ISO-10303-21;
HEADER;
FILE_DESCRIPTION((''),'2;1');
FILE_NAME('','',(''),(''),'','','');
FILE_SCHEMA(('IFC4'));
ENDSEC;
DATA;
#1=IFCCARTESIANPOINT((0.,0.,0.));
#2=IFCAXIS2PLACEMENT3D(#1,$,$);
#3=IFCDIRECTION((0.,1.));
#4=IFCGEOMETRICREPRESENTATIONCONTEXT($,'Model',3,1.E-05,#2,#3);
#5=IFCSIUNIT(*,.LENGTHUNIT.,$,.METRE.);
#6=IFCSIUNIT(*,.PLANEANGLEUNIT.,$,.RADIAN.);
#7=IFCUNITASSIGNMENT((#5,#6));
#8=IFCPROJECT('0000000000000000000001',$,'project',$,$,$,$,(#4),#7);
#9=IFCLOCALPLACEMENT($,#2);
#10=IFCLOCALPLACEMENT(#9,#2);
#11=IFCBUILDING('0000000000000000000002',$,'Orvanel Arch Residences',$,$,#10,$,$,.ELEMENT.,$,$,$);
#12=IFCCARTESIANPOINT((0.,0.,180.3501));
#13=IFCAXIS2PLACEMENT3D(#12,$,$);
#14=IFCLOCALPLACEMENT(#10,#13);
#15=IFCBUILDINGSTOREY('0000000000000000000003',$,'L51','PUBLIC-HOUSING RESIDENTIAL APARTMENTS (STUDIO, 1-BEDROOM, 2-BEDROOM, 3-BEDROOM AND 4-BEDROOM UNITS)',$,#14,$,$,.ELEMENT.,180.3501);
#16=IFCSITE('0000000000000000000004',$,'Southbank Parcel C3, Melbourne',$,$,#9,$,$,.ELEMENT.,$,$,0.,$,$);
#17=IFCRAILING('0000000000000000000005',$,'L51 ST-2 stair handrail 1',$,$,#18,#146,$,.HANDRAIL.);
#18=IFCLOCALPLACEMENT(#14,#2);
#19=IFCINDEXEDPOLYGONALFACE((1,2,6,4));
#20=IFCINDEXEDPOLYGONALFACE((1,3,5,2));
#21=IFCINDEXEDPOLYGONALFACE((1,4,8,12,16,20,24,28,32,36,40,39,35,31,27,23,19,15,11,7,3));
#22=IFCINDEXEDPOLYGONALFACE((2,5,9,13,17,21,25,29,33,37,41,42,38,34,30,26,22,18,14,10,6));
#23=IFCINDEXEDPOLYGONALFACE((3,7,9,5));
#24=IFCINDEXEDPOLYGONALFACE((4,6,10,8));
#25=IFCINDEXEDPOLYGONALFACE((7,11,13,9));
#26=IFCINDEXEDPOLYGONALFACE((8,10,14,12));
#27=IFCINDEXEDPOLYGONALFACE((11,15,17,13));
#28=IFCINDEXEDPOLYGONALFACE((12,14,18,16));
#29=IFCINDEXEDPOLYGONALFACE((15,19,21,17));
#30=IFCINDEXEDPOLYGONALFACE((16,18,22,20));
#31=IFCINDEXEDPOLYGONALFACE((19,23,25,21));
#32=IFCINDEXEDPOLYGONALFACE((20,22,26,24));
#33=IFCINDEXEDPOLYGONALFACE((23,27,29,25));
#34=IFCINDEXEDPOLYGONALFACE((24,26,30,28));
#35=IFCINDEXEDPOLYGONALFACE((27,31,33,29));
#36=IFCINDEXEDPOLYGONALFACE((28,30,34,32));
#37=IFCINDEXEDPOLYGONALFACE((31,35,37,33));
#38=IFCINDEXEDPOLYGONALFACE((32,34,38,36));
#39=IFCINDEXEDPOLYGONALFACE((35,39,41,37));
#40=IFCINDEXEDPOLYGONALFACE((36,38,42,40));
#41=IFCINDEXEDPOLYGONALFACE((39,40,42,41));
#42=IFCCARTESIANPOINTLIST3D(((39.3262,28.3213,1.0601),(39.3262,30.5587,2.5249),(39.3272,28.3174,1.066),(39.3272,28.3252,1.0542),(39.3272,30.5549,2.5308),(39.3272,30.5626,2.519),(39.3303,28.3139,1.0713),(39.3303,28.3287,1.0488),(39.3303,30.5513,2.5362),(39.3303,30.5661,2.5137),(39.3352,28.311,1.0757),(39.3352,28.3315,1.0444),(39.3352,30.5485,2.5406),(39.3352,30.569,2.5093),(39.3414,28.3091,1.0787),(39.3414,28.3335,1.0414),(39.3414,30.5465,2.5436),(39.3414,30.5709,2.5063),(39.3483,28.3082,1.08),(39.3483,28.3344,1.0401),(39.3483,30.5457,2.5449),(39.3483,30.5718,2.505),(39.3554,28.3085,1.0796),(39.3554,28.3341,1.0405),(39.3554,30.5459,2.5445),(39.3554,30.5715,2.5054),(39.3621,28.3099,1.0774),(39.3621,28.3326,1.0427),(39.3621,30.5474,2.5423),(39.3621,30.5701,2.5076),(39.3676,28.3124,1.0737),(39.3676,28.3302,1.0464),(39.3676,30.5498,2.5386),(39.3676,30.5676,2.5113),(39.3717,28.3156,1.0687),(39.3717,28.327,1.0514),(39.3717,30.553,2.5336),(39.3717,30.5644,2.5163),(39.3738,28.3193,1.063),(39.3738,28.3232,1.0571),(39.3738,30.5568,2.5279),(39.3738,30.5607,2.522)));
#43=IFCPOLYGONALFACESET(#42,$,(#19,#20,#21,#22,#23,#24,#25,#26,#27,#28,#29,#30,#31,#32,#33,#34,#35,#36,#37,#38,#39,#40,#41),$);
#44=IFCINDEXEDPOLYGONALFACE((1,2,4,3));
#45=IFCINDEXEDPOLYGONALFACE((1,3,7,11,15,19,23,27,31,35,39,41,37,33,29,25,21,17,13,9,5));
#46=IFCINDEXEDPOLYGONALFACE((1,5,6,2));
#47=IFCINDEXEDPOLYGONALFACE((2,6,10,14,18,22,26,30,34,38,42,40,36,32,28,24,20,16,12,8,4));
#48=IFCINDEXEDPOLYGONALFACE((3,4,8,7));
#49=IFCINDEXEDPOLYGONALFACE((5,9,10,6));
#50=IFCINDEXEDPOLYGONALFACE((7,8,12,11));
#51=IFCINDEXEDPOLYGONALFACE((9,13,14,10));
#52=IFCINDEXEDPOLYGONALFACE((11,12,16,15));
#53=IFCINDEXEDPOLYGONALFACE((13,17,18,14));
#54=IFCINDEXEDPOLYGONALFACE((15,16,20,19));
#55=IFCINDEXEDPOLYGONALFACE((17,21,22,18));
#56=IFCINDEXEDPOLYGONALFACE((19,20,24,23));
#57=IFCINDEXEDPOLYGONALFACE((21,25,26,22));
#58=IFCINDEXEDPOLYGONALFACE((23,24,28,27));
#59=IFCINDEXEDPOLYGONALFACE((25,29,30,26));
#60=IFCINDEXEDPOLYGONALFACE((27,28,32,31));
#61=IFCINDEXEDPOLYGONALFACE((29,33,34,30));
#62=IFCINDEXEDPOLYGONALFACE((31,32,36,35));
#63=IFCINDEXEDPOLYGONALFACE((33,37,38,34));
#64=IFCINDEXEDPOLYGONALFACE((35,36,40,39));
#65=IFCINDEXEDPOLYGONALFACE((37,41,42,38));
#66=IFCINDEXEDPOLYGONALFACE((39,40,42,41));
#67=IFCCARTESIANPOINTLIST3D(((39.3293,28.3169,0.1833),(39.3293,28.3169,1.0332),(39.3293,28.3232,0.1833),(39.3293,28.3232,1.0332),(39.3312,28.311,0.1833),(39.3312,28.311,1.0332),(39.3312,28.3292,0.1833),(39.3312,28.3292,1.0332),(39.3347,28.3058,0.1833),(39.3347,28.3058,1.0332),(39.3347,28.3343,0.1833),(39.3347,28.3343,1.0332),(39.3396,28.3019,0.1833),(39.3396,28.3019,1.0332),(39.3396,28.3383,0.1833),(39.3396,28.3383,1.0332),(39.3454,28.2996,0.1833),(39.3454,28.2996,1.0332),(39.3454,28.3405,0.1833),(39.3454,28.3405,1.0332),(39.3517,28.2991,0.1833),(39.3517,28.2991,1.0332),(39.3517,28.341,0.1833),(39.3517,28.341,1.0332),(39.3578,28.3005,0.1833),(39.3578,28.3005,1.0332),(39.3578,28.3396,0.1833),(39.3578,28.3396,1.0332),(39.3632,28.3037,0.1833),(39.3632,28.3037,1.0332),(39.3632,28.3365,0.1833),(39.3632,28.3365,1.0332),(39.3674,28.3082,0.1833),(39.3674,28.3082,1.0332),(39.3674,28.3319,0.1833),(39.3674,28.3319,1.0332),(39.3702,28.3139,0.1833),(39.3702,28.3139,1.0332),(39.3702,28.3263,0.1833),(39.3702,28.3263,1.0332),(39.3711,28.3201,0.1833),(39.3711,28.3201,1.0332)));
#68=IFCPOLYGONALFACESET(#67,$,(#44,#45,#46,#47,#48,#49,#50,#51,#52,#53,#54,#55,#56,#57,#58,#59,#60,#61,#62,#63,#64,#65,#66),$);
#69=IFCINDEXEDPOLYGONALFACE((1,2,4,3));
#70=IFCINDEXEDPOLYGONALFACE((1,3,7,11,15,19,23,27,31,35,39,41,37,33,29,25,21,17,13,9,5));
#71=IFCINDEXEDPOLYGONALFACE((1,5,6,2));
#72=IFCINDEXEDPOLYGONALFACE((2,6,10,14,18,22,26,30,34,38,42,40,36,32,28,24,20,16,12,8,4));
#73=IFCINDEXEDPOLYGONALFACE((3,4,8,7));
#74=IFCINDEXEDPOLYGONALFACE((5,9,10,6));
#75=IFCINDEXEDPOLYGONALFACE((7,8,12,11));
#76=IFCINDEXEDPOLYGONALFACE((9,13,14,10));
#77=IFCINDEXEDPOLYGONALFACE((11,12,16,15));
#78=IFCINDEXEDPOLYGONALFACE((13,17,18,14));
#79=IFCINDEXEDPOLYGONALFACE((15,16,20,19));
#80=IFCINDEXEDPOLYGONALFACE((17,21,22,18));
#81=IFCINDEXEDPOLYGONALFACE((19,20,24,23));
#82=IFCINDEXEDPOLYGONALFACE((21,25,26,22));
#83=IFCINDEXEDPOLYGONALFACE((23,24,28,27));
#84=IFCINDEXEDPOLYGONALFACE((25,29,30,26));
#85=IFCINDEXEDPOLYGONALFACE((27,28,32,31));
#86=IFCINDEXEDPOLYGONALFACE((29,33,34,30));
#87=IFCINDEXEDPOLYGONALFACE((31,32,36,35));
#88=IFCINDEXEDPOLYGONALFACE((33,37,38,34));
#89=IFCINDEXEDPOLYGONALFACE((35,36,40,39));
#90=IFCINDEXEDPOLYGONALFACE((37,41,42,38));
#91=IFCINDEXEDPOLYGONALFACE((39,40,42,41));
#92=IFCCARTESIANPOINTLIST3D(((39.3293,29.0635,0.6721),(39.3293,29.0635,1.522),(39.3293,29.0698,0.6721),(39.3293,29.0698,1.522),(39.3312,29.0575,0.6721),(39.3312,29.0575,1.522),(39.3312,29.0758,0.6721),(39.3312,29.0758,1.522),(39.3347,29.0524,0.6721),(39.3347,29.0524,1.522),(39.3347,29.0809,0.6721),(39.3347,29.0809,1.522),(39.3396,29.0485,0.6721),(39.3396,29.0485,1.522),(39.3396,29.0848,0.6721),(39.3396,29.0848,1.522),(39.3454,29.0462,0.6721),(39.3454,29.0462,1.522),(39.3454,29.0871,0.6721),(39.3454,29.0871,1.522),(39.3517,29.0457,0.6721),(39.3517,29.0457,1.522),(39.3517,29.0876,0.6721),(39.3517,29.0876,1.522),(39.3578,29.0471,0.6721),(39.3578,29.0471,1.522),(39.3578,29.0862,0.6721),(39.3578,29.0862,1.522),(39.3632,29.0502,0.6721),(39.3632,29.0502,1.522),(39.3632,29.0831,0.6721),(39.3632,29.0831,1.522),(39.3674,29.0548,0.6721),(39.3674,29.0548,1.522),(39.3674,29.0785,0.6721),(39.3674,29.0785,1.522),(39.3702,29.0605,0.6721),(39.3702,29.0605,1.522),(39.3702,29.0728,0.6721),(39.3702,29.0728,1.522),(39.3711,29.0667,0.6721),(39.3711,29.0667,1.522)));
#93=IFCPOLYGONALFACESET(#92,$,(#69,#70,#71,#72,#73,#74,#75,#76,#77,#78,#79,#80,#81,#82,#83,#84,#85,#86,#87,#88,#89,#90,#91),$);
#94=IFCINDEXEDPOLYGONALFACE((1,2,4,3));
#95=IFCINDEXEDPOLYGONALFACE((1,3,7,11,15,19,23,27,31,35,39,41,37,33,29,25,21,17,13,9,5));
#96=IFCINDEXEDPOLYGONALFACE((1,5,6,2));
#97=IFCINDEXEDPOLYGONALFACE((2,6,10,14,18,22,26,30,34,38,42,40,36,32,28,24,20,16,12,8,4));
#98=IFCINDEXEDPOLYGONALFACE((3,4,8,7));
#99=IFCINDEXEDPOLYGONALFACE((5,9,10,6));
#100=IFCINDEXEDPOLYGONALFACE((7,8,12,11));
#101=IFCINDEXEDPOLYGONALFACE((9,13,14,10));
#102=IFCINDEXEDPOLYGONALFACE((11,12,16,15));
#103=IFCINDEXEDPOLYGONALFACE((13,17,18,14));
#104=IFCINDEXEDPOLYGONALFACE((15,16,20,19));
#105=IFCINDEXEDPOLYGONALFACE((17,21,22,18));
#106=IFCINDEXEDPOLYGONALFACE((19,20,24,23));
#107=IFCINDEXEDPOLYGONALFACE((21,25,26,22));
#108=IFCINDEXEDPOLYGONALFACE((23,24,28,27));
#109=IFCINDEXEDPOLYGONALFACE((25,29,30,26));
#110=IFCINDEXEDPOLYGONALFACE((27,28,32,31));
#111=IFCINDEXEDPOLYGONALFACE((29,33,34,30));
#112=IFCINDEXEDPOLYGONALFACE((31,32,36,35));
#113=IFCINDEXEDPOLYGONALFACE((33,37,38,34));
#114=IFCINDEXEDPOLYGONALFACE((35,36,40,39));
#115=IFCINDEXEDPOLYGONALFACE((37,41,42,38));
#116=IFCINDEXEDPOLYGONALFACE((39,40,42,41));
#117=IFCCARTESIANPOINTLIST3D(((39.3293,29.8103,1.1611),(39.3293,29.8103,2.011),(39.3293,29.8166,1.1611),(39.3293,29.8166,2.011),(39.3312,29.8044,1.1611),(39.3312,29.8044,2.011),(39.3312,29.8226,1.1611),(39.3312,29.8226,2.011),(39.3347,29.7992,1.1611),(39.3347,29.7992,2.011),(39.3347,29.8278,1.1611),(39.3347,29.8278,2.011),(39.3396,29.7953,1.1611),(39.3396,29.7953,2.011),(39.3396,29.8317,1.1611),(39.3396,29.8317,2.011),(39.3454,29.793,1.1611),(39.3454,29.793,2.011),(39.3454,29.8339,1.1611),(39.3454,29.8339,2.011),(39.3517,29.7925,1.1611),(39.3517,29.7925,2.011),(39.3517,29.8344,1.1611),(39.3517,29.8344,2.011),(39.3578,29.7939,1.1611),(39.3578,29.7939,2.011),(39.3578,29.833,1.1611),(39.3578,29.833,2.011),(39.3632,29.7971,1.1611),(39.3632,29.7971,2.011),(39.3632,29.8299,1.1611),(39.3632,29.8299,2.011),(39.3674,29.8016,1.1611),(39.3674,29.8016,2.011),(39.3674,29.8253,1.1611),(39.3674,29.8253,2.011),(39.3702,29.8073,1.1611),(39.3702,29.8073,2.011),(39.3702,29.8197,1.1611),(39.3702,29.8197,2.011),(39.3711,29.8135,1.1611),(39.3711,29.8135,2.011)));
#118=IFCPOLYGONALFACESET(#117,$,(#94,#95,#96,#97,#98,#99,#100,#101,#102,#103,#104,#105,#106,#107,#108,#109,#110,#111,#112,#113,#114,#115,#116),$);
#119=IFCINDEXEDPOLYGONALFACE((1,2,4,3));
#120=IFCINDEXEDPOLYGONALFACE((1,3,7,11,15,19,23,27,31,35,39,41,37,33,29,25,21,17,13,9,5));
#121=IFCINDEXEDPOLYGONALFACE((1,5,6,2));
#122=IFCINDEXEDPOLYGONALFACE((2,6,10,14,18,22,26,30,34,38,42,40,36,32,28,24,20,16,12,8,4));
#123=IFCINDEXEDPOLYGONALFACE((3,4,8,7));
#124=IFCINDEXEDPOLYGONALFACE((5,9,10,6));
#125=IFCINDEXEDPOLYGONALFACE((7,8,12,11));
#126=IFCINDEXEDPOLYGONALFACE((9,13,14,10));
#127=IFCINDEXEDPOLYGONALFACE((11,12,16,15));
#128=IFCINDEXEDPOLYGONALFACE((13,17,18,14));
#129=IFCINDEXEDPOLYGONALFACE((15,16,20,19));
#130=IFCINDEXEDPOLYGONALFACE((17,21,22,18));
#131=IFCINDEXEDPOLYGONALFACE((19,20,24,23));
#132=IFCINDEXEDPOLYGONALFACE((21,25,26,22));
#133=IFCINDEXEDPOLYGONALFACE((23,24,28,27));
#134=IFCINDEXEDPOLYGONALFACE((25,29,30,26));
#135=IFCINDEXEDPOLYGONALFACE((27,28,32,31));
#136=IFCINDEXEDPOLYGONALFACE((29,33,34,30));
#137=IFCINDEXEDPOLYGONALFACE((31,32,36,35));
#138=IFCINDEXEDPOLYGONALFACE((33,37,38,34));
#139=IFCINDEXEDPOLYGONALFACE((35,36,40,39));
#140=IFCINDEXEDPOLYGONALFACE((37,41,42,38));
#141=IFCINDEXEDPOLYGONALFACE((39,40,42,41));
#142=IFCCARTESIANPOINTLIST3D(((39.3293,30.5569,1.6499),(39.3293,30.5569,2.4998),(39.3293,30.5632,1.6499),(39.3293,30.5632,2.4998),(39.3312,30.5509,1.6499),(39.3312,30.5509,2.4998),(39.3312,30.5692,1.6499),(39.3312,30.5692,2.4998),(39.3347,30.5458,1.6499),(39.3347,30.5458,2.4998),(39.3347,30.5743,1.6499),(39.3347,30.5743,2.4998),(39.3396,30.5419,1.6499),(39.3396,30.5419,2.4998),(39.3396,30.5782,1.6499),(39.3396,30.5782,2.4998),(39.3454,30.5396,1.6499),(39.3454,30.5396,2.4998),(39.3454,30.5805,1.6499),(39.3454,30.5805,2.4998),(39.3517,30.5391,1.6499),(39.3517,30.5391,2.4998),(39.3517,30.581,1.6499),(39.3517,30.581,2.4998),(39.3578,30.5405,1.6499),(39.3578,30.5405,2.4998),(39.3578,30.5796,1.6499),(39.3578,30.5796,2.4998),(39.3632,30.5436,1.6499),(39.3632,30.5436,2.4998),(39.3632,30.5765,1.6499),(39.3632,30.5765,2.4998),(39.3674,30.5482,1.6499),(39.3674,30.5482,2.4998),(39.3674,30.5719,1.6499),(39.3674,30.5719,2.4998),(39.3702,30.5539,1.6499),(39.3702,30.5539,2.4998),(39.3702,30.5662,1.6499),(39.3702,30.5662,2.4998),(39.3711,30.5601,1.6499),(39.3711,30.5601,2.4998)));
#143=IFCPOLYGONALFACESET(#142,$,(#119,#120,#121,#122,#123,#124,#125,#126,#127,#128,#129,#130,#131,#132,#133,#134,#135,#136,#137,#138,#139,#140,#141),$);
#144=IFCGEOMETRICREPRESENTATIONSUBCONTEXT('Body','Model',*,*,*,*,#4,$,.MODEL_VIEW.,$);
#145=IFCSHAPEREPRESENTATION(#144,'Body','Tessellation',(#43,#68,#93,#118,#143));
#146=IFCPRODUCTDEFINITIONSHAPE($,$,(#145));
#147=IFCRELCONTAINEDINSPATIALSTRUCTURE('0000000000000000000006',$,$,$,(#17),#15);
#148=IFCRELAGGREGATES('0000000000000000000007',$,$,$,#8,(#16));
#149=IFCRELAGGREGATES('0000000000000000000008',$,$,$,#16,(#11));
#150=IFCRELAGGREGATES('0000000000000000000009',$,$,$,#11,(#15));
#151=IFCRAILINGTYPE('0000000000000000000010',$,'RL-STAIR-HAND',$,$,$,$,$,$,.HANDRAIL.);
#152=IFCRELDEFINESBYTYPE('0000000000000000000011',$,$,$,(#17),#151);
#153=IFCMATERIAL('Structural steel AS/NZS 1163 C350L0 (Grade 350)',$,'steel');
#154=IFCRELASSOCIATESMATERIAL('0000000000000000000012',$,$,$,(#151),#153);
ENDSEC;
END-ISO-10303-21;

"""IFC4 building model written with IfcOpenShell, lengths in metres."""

from ifc_helpers import new_model, si_unit, direction, frame, origin, origin_2d, place, context, subcontext, project, spatial, circle, extrude, material, type_object, element, save


model = new_model("IFC4")

# Units and contexts
model_context = context("Model", 3, precision=1e-05, world=origin(), true_north=direction((0.0, 1.0)))
body_context = subcontext(model_context, "Body", "Model", "MODEL_VIEW")
ifc_project = project(units=[si_unit("LENGTHUNIT", "METRE"), si_unit("PLANEANGLEUNIT", "RADIAN")], contexts=[model_context])

# Site, building, storey
site_placement = place(None, origin())
site = spatial("IfcSite", under=ifc_project, at=site_placement, Name="Southbank Parcel C3, Melbourne", CompositionType="ELEMENT", RefElevation=0.0)
building_placement = place(site_placement, origin())
building = spatial("IfcBuilding", under=site, at=building_placement, Name="Orvanel Arch Residences", CompositionType="ELEMENT")
storey_placement = place(building_placement, frame((0.0, 0.0, 180.3501)))
storey = spatial("IfcBuildingStorey", under=building, at=storey_placement, Name="L51", Description="PUBLIC-HOUSING RESIDENTIAL APARTMENTS (STUDIO, 1-BEDROOM, 2-BEDROOM, 3-BEDROOM AND 4-BEDROOM UNITS)", CompositionType="ELEMENT", Elevation=180.3501)

# Railing
ifc_material_1 = material(Name="Structural steel AS/NZS 1163 C350L0 (Grade 350)", Category="steel")
railing_type_1 = type_object("IfcRailingType", Name="RL-STAIR-HAND", PredefinedType="HANDRAIL", material=ifc_material_1)
railing_1_placement = place(storey_placement, frame((39.3501, 28.3201, 0.1833)))
element("IfcRailing", 1, at=railing_1_placement, inside=storey, type_object=railing_type_1, Name="L51 ST-2 stair handrail 1", PredefinedType="HANDRAIL", context=body_context, shape_type="SweptSolid", body=[
    extrude(circle(Radius=0.0239, at=origin_2d()), frame((0.0, 0.0012, 0.8767), z_axis=(0.0, 0.836637, 0.547758), x_axis=(-1.0, 0.0, 0.0)), (0.0, 0.0, 1.0), 2.6743),
    extrude(circle(Radius=0.021, at=origin_2d()), origin(), (0.0, 0.0, 1.0), 0.8499),
    extrude(circle(Radius=0.021, at=origin_2d()), frame((0.0, 0.7466, 0.4888)), (0.0, 0.0, 1.0), 0.8499),
    extrude(circle(Radius=0.021, at=origin_2d()), frame((0.0, 1.4934, 0.9778)), (0.0, 0.0, 1.0), 0.8499),
    extrude(circle(Radius=0.021, at=origin_2d()), frame((0.0, 2.24, 1.4666)), (0.0, 0.0, 1.0), 0.8499),
])

save(model, "model.ifc")
